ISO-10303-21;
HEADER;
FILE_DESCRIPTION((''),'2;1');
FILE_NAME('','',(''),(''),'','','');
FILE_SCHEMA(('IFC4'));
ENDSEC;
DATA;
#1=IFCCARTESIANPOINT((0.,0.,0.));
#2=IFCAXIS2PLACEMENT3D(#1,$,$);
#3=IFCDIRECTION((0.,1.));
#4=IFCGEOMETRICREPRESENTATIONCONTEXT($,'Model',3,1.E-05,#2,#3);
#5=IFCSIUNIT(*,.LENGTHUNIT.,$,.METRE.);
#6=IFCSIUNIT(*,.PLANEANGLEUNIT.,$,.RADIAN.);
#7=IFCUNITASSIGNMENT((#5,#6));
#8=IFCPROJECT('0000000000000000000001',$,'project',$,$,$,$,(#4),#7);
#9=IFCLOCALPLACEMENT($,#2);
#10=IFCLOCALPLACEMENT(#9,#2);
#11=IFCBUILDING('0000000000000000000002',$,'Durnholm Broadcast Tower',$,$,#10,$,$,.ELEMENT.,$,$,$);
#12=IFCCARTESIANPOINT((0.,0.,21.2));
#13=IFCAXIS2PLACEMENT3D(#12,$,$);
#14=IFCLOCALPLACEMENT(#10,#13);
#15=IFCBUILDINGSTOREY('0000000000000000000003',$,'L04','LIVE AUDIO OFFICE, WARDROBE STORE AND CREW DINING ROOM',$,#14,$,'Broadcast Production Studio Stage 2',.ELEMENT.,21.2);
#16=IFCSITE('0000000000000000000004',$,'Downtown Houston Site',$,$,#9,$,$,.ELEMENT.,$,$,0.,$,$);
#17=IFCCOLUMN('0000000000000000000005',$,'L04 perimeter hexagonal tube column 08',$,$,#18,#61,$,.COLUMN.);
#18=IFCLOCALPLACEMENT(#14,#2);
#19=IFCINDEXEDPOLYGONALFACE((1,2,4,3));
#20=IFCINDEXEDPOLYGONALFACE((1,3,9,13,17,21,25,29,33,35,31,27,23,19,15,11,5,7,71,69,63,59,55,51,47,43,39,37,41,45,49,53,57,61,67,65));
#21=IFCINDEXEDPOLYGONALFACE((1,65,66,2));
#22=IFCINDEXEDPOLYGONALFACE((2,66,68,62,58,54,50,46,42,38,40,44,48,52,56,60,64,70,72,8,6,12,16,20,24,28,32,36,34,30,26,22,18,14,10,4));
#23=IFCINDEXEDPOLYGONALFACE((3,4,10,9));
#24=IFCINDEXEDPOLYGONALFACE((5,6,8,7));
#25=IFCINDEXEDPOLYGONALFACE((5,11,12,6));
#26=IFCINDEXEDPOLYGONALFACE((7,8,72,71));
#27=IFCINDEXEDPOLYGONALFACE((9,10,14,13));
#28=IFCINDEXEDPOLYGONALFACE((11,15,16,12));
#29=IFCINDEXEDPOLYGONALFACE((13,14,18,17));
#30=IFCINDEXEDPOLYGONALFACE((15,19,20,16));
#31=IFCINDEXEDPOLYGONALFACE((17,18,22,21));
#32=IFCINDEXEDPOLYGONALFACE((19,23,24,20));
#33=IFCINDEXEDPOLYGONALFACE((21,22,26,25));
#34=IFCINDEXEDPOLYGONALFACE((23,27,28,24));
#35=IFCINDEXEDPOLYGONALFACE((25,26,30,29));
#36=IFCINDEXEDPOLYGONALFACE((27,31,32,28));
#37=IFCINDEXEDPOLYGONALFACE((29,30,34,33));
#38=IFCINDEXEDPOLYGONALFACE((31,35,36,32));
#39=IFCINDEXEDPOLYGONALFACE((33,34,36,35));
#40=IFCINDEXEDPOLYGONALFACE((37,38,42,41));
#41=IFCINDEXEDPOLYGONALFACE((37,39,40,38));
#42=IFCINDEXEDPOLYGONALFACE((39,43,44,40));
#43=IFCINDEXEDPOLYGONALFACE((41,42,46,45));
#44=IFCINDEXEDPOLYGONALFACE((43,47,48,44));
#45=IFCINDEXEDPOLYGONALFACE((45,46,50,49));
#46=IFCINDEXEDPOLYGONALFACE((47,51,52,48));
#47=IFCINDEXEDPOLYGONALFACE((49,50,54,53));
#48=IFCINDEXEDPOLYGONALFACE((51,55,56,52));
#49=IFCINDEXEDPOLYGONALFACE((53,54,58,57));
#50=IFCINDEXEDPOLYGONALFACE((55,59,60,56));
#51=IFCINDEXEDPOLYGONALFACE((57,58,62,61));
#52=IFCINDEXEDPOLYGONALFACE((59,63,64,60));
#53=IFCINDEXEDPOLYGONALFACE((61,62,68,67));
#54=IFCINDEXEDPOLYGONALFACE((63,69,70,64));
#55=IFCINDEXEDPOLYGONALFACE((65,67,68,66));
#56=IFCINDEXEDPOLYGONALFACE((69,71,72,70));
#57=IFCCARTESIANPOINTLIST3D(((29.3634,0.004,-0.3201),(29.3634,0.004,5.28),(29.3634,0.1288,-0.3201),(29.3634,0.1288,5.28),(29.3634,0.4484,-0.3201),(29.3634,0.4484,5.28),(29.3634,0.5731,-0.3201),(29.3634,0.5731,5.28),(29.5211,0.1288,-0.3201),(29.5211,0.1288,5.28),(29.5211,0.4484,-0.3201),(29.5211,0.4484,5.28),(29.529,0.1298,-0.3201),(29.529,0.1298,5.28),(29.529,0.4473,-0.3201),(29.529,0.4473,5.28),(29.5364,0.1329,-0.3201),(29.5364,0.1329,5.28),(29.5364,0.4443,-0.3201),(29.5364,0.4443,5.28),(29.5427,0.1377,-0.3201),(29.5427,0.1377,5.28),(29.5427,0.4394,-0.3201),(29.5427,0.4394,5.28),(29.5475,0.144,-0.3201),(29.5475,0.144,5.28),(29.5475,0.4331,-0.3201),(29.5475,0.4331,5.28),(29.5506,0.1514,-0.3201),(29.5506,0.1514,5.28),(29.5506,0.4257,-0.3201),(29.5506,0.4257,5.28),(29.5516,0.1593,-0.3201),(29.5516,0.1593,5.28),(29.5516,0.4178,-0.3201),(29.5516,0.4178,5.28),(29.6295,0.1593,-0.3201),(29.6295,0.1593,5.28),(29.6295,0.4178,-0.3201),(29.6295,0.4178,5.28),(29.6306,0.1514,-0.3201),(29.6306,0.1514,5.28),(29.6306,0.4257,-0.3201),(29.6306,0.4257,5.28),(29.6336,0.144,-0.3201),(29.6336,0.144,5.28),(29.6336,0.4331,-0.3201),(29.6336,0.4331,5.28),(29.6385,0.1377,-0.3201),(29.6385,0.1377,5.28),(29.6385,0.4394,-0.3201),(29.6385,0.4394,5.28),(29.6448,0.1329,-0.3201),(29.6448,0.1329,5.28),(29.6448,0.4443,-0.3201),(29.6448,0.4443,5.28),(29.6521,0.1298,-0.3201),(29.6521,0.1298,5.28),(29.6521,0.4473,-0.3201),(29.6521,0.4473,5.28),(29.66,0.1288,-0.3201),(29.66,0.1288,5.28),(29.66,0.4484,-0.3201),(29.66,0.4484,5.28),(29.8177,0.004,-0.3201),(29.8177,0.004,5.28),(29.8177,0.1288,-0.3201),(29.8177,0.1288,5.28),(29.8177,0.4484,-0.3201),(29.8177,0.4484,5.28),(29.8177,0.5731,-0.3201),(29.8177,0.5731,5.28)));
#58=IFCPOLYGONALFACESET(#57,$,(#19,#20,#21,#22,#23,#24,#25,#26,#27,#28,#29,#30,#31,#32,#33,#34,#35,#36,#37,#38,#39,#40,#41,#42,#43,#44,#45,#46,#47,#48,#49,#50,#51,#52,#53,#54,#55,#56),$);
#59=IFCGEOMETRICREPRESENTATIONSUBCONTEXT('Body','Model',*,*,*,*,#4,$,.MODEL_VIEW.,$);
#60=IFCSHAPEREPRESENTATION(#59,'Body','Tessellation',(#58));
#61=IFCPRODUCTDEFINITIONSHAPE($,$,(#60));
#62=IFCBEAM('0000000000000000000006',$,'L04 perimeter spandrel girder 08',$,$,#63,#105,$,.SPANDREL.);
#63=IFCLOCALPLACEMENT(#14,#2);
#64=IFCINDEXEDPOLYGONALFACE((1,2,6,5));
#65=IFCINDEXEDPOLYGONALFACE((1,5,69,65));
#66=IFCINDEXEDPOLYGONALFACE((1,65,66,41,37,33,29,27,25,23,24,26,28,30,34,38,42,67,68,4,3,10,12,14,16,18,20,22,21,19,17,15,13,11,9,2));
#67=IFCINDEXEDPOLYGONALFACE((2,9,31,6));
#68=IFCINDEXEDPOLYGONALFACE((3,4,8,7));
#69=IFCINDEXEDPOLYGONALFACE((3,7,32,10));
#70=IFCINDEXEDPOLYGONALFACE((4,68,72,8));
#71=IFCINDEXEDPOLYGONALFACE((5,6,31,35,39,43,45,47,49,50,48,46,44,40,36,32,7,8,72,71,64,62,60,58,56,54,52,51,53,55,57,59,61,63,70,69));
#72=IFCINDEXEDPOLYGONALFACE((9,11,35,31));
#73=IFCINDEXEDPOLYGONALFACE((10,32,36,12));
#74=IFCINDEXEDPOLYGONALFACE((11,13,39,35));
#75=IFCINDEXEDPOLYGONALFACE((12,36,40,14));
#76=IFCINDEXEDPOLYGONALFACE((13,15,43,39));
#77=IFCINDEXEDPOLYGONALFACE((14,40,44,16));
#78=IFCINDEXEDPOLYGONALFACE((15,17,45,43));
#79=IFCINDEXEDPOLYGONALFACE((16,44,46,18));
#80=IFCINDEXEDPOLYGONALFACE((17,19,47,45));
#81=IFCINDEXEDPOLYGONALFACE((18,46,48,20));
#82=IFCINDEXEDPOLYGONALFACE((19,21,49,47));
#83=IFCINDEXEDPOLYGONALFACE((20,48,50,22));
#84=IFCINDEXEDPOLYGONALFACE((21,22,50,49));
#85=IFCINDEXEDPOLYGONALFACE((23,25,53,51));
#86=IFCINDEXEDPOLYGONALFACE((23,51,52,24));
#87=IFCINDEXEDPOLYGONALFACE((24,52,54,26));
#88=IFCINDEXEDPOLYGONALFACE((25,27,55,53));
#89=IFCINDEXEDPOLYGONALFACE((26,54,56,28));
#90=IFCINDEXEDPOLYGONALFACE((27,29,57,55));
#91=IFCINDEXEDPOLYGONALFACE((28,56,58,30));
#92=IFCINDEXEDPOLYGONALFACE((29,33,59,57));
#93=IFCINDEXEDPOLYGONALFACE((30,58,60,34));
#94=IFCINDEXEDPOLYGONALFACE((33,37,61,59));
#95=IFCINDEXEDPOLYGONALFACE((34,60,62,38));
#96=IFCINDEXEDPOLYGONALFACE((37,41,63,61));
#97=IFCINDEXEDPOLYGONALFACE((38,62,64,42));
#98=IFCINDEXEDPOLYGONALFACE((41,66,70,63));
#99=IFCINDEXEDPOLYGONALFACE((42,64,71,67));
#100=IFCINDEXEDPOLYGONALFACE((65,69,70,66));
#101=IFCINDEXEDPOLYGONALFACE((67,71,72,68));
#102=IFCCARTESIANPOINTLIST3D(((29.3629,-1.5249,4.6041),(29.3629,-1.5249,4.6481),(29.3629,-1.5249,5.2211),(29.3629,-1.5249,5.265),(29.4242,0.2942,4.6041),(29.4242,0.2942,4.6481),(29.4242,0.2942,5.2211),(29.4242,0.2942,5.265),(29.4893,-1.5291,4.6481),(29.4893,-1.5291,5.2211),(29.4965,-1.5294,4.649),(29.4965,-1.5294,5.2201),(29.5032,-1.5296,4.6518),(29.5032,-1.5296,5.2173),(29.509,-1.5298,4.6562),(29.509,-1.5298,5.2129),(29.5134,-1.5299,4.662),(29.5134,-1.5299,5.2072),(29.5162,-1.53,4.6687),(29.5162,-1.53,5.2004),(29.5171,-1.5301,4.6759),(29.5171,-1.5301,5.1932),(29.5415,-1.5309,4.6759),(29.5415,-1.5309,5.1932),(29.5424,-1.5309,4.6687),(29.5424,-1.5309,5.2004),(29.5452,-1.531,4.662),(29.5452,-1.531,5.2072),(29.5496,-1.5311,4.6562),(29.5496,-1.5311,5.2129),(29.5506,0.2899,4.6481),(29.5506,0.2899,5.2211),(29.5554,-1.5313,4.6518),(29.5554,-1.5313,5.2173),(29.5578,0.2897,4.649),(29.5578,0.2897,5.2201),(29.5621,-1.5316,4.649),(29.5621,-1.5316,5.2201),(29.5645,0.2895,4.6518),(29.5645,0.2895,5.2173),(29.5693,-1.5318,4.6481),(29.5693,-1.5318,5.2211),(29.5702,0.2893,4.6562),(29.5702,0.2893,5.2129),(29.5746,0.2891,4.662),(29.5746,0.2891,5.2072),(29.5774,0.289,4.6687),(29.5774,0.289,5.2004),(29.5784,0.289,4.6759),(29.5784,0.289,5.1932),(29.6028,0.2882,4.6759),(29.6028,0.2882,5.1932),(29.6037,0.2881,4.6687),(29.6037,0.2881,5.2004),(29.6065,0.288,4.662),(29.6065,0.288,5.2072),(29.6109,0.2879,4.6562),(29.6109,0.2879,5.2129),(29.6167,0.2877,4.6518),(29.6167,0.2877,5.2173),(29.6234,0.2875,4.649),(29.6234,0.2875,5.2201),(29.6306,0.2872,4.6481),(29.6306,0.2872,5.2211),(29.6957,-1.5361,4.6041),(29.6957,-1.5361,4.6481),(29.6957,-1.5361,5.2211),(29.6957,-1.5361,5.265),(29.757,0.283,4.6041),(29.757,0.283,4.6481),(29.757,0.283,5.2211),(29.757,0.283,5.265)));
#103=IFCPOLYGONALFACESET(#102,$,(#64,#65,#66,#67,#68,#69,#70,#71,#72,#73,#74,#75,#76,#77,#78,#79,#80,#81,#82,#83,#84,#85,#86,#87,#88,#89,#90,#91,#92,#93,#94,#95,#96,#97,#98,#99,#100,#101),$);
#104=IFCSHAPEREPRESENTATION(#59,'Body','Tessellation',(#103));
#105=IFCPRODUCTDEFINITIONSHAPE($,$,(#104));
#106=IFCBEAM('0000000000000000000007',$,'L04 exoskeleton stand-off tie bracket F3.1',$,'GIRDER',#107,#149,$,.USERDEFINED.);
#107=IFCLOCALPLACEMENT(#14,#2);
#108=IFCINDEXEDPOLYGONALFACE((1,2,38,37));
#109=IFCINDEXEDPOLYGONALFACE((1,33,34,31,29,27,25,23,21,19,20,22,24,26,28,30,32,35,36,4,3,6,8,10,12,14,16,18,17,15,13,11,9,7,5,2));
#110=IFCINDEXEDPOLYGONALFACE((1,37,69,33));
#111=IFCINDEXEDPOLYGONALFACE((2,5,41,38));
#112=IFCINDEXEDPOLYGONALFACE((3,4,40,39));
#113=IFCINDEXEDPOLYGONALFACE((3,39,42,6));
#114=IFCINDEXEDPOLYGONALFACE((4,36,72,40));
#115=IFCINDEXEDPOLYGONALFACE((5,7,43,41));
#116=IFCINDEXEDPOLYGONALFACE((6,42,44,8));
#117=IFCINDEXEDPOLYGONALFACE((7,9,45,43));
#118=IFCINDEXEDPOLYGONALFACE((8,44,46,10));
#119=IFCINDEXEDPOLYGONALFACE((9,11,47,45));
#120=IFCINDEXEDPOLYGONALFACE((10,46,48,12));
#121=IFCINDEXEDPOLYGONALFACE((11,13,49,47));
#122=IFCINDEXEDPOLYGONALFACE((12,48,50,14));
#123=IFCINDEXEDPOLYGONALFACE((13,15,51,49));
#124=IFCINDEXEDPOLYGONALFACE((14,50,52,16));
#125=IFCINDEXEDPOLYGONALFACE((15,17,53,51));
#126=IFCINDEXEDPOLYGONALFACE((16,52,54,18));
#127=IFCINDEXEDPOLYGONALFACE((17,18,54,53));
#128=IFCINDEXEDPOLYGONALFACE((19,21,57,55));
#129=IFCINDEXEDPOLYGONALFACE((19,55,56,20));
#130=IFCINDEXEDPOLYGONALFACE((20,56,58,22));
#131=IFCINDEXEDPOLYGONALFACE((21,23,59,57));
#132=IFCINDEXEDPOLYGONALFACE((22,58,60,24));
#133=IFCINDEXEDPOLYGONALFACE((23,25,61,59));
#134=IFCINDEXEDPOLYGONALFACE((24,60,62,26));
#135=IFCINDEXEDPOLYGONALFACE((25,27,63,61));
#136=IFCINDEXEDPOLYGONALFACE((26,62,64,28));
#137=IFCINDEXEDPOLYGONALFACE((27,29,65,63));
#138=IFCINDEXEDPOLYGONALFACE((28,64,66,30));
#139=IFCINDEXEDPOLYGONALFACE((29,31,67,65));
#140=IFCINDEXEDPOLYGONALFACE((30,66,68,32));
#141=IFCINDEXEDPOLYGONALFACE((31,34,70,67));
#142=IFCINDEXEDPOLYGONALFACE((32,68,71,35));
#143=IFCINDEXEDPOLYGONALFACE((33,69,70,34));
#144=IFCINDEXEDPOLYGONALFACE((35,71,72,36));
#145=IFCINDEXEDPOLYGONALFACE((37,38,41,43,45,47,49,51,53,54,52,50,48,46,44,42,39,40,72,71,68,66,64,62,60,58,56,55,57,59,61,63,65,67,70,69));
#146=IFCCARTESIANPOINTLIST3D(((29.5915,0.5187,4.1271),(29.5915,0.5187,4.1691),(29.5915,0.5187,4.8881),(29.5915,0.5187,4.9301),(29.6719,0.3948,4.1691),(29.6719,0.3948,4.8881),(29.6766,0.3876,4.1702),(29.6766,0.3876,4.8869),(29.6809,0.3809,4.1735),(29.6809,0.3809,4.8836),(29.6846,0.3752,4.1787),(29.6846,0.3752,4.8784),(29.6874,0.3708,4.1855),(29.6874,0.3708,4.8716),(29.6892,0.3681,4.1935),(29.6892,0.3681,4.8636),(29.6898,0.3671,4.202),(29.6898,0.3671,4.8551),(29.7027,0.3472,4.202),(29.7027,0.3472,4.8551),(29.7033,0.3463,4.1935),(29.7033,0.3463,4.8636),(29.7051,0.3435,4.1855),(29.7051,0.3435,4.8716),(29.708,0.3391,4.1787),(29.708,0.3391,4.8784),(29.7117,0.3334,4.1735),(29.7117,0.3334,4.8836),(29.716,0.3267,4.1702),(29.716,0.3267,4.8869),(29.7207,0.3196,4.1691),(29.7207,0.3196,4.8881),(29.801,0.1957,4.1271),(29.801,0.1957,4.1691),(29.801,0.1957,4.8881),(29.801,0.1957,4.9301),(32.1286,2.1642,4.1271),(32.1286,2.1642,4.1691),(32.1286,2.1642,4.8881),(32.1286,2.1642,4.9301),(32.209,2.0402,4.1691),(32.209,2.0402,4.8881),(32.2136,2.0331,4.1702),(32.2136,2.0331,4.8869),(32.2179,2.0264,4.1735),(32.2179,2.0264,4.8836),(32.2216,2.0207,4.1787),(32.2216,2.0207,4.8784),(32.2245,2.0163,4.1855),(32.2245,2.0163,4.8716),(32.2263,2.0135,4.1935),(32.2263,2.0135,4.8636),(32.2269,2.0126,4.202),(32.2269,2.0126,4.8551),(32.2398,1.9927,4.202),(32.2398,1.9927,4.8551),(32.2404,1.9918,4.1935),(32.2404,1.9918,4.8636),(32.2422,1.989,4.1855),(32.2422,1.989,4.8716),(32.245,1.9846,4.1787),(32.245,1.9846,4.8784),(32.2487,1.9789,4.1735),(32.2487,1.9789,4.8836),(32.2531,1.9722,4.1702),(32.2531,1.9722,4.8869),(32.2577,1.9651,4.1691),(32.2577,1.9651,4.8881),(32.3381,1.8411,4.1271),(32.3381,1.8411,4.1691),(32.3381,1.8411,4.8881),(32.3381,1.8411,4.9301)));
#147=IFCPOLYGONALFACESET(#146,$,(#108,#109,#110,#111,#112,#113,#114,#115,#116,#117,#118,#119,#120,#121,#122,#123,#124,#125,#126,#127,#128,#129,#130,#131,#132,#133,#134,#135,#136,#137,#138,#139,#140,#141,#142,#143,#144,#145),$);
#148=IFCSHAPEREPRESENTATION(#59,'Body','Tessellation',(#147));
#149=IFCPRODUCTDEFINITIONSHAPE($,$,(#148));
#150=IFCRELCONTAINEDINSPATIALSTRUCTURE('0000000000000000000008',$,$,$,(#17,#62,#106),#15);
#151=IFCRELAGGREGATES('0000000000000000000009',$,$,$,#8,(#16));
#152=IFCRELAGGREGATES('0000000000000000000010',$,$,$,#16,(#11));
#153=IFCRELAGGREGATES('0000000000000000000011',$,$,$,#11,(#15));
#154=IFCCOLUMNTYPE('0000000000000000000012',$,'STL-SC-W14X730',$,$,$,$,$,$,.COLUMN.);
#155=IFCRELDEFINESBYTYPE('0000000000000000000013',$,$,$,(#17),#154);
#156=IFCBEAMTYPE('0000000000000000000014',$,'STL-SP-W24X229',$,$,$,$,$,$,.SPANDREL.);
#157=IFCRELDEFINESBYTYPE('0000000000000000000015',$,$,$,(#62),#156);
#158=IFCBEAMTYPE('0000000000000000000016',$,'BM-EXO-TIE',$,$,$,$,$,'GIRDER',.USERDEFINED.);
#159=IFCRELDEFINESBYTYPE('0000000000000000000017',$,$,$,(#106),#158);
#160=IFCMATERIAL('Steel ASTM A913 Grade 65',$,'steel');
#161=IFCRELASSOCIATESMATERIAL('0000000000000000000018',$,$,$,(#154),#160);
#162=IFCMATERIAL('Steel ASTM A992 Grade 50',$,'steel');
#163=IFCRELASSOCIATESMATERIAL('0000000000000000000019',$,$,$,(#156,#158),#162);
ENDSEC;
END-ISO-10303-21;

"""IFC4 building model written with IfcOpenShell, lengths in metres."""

from ifc_helpers import new_model, si_unit, direction, frame, origin, origin_2d, place, context, subcontext, project, spatial, i_section, extrude, source, transform, mapped, material, material_profile, profile_set, type_object, type_shapes, element, save


model = new_model("IFC4")

# Units and contexts
model_context = context("Model", 3, precision=1e-05, world=origin(), true_north=direction((0.0, 1.0)))
body_context = subcontext(model_context, "Body", "Model", "MODEL_VIEW")
ifc_project = project(units=[si_unit("LENGTHUNIT", "METRE"), si_unit("PLANEANGLEUNIT", "RADIAN")], contexts=[model_context])

# Site, building, storey
site_placement = place(None, origin())
site = spatial("IfcSite", under=ifc_project, at=site_placement, Name="Downtown Houston Site", CompositionType="ELEMENT", RefElevation=0.0)
building_placement = place(site_placement, origin())
building = spatial("IfcBuilding", under=site, at=building_placement, Name="Durnholm Broadcast Tower", CompositionType="ELEMENT")
storey_placement = place(building_placement, frame((0.0, 0.0, 21.2)))
storey = spatial("IfcBuildingStorey", under=building, at=storey_placement, Name="L04", Description="LIVE AUDIO OFFICE, WARDROBE STORE AND CREW DINING ROOM", LongName="Broadcast Production Studio Stage 2", CompositionType="ELEMENT", Elevation=21.2)

# Column
ifc_material_1 = material(Name="Steel ASTM A913 Grade 65", Category="steel")
ifc_material_profile_1 = material_profile(ifc_material_1, i_section(OverallWidth=0.4543, OverallDepth=0.5691, WebThickness=0.0779, FlangeThickness=0.1248, FilletRadius=0.0305, at=origin_2d()), Name="W14X730")
ifc_profile_set_1 = profile_set([ifc_material_profile_1], Name="Steel ASTM A913 Grade 65")
column_type = type_object("IfcColumnType", Name="STL-SC-W14X730", PredefinedType="COLUMN", material=ifc_profile_set_1)
shared_shape_1 = source(origin(), body_context, "Body", "SweptSolid", [
    extrude(i_section(OverallWidth=0.4543, OverallDepth=0.5691, WebThickness=0.0779, FlangeThickness=0.1248, FilletRadius=0.0305, at=origin_2d()), origin(), (0.0, 0.0, 1.0), 5.6001),
])
type_shapes(column_type, [shared_shape_1])
column_placement = place(storey_placement, frame((29.5906, 0.2886, -0.3201), z_axis=(0.0, 0.0, 1.0), x_axis=(1.0, 0.0, 0.0)))
element("IfcColumn", 1, at=column_placement, inside=storey, type_object=column_type, Name="L04 perimeter hexagonal tube column 08", PredefinedType="COLUMN", context=body_context, shape_type="MappedRepresentation", body=[
    mapped(shared_shape_1, transform((0.0, 0.0, 0.0), x_axis=(1.0, 0.0, 0.0), y_axis=(0.0, 1.0, 0.0), z_axis=(0.0, 0.0, 1.0), scale=1.0)),
])

# Beams
ifc_material_2 = material(Name="Steel ASTM A992 Grade 50", Category="steel")
ifc_material_profile_2 = material_profile(ifc_material_2, i_section(OverallWidth=0.333, OverallDepth=0.6609, WebThickness=0.0244, FlangeThickness=0.0439, FilletRadius=0.0278, at=origin_2d()), Name="W24X229")
ifc_profile_set_2 = profile_set([ifc_material_profile_2], Name="Steel ASTM A992 Grade 50")
beam_type_1 = type_object("IfcBeamType", Name="STL-SP-W24X229", PredefinedType="SPANDREL", material=ifc_profile_set_2)
shared_shape_2 = source(origin(), body_context, "Body", "SweptSolid", [
    extrude(i_section(OverallWidth=0.333, OverallDepth=0.6609, WebThickness=0.0244, FlangeThickness=0.0439, FilletRadius=0.0278, at=origin_2d()), origin(), (0.0, 0.0, 1.0), 1.8201),
])
type_shapes(beam_type_1, [shared_shape_2])
beam_1_placement = place(storey_placement, frame((29.5906, 0.2886, 4.9346), z_axis=(-0.033668, -0.999433, 0.0), x_axis=(0.999433, -0.033668, 0.0)))
element("IfcBeam", 2, at=beam_1_placement, inside=storey, type_object=beam_type_1, Name="L04 perimeter spandrel girder 08", PredefinedType="SPANDREL", context=body_context, shape_type="MappedRepresentation", body=[
    mapped(shared_shape_2, transform((0.0, 0.0, 0.0), x_axis=(1.0, 0.0, 0.0), y_axis=(0.0, 1.0, 0.0), z_axis=(0.0, 0.0, 1.0), scale=1.0)),
])
ifc_material_profile_3 = material_profile(ifc_material_2, i_section(OverallWidth=0.385, OverallDepth=0.803, WebThickness=0.0237, FlangeThickness=0.042, FilletRadius=0.033, at=origin_2d()), Name="W30X261")
ifc_profile_set_3 = profile_set([ifc_material_profile_3], Name="Steel ASTM A992 Grade 50")
beam_type_2 = type_object("IfcBeamType", Name="BM-EXO-TIE", ElementType="GIRDER", PredefinedType="USERDEFINED", material=ifc_profile_set_3)
shared_shape_3 = source(origin(), body_context, "Body", "SweptSolid", [
    extrude(i_section(OverallWidth=0.385, OverallDepth=0.803, WebThickness=0.0237, FlangeThickness=0.042, FilletRadius=0.033, at=origin_2d()), origin(), (0.0, 0.0, 1.0), 3.0239),
])
beam_2_placement = place(storey_placement, frame((29.6963, 0.3572, 4.5286), z_axis=(0.838989, 0.544148, 0.0), x_axis=(-0.544148, 0.838989, 0.0)))
element("IfcBeam", 3, at=beam_2_placement, inside=storey, type_object=beam_type_2, Name="L04 exoskeleton stand-off tie bracket F3.1", ObjectType="GIRDER", PredefinedType="USERDEFINED", context=body_context, shape_type="MappedRepresentation", body=[
    mapped(shared_shape_3, transform((0.0, 0.0, 0.0), x_axis=(1.0, 0.0, 0.0), y_axis=(0.0, 1.0, 0.0), z_axis=(0.0, 0.0, 1.0), scale=1.0)),
])

save(model, "model.ifc")
